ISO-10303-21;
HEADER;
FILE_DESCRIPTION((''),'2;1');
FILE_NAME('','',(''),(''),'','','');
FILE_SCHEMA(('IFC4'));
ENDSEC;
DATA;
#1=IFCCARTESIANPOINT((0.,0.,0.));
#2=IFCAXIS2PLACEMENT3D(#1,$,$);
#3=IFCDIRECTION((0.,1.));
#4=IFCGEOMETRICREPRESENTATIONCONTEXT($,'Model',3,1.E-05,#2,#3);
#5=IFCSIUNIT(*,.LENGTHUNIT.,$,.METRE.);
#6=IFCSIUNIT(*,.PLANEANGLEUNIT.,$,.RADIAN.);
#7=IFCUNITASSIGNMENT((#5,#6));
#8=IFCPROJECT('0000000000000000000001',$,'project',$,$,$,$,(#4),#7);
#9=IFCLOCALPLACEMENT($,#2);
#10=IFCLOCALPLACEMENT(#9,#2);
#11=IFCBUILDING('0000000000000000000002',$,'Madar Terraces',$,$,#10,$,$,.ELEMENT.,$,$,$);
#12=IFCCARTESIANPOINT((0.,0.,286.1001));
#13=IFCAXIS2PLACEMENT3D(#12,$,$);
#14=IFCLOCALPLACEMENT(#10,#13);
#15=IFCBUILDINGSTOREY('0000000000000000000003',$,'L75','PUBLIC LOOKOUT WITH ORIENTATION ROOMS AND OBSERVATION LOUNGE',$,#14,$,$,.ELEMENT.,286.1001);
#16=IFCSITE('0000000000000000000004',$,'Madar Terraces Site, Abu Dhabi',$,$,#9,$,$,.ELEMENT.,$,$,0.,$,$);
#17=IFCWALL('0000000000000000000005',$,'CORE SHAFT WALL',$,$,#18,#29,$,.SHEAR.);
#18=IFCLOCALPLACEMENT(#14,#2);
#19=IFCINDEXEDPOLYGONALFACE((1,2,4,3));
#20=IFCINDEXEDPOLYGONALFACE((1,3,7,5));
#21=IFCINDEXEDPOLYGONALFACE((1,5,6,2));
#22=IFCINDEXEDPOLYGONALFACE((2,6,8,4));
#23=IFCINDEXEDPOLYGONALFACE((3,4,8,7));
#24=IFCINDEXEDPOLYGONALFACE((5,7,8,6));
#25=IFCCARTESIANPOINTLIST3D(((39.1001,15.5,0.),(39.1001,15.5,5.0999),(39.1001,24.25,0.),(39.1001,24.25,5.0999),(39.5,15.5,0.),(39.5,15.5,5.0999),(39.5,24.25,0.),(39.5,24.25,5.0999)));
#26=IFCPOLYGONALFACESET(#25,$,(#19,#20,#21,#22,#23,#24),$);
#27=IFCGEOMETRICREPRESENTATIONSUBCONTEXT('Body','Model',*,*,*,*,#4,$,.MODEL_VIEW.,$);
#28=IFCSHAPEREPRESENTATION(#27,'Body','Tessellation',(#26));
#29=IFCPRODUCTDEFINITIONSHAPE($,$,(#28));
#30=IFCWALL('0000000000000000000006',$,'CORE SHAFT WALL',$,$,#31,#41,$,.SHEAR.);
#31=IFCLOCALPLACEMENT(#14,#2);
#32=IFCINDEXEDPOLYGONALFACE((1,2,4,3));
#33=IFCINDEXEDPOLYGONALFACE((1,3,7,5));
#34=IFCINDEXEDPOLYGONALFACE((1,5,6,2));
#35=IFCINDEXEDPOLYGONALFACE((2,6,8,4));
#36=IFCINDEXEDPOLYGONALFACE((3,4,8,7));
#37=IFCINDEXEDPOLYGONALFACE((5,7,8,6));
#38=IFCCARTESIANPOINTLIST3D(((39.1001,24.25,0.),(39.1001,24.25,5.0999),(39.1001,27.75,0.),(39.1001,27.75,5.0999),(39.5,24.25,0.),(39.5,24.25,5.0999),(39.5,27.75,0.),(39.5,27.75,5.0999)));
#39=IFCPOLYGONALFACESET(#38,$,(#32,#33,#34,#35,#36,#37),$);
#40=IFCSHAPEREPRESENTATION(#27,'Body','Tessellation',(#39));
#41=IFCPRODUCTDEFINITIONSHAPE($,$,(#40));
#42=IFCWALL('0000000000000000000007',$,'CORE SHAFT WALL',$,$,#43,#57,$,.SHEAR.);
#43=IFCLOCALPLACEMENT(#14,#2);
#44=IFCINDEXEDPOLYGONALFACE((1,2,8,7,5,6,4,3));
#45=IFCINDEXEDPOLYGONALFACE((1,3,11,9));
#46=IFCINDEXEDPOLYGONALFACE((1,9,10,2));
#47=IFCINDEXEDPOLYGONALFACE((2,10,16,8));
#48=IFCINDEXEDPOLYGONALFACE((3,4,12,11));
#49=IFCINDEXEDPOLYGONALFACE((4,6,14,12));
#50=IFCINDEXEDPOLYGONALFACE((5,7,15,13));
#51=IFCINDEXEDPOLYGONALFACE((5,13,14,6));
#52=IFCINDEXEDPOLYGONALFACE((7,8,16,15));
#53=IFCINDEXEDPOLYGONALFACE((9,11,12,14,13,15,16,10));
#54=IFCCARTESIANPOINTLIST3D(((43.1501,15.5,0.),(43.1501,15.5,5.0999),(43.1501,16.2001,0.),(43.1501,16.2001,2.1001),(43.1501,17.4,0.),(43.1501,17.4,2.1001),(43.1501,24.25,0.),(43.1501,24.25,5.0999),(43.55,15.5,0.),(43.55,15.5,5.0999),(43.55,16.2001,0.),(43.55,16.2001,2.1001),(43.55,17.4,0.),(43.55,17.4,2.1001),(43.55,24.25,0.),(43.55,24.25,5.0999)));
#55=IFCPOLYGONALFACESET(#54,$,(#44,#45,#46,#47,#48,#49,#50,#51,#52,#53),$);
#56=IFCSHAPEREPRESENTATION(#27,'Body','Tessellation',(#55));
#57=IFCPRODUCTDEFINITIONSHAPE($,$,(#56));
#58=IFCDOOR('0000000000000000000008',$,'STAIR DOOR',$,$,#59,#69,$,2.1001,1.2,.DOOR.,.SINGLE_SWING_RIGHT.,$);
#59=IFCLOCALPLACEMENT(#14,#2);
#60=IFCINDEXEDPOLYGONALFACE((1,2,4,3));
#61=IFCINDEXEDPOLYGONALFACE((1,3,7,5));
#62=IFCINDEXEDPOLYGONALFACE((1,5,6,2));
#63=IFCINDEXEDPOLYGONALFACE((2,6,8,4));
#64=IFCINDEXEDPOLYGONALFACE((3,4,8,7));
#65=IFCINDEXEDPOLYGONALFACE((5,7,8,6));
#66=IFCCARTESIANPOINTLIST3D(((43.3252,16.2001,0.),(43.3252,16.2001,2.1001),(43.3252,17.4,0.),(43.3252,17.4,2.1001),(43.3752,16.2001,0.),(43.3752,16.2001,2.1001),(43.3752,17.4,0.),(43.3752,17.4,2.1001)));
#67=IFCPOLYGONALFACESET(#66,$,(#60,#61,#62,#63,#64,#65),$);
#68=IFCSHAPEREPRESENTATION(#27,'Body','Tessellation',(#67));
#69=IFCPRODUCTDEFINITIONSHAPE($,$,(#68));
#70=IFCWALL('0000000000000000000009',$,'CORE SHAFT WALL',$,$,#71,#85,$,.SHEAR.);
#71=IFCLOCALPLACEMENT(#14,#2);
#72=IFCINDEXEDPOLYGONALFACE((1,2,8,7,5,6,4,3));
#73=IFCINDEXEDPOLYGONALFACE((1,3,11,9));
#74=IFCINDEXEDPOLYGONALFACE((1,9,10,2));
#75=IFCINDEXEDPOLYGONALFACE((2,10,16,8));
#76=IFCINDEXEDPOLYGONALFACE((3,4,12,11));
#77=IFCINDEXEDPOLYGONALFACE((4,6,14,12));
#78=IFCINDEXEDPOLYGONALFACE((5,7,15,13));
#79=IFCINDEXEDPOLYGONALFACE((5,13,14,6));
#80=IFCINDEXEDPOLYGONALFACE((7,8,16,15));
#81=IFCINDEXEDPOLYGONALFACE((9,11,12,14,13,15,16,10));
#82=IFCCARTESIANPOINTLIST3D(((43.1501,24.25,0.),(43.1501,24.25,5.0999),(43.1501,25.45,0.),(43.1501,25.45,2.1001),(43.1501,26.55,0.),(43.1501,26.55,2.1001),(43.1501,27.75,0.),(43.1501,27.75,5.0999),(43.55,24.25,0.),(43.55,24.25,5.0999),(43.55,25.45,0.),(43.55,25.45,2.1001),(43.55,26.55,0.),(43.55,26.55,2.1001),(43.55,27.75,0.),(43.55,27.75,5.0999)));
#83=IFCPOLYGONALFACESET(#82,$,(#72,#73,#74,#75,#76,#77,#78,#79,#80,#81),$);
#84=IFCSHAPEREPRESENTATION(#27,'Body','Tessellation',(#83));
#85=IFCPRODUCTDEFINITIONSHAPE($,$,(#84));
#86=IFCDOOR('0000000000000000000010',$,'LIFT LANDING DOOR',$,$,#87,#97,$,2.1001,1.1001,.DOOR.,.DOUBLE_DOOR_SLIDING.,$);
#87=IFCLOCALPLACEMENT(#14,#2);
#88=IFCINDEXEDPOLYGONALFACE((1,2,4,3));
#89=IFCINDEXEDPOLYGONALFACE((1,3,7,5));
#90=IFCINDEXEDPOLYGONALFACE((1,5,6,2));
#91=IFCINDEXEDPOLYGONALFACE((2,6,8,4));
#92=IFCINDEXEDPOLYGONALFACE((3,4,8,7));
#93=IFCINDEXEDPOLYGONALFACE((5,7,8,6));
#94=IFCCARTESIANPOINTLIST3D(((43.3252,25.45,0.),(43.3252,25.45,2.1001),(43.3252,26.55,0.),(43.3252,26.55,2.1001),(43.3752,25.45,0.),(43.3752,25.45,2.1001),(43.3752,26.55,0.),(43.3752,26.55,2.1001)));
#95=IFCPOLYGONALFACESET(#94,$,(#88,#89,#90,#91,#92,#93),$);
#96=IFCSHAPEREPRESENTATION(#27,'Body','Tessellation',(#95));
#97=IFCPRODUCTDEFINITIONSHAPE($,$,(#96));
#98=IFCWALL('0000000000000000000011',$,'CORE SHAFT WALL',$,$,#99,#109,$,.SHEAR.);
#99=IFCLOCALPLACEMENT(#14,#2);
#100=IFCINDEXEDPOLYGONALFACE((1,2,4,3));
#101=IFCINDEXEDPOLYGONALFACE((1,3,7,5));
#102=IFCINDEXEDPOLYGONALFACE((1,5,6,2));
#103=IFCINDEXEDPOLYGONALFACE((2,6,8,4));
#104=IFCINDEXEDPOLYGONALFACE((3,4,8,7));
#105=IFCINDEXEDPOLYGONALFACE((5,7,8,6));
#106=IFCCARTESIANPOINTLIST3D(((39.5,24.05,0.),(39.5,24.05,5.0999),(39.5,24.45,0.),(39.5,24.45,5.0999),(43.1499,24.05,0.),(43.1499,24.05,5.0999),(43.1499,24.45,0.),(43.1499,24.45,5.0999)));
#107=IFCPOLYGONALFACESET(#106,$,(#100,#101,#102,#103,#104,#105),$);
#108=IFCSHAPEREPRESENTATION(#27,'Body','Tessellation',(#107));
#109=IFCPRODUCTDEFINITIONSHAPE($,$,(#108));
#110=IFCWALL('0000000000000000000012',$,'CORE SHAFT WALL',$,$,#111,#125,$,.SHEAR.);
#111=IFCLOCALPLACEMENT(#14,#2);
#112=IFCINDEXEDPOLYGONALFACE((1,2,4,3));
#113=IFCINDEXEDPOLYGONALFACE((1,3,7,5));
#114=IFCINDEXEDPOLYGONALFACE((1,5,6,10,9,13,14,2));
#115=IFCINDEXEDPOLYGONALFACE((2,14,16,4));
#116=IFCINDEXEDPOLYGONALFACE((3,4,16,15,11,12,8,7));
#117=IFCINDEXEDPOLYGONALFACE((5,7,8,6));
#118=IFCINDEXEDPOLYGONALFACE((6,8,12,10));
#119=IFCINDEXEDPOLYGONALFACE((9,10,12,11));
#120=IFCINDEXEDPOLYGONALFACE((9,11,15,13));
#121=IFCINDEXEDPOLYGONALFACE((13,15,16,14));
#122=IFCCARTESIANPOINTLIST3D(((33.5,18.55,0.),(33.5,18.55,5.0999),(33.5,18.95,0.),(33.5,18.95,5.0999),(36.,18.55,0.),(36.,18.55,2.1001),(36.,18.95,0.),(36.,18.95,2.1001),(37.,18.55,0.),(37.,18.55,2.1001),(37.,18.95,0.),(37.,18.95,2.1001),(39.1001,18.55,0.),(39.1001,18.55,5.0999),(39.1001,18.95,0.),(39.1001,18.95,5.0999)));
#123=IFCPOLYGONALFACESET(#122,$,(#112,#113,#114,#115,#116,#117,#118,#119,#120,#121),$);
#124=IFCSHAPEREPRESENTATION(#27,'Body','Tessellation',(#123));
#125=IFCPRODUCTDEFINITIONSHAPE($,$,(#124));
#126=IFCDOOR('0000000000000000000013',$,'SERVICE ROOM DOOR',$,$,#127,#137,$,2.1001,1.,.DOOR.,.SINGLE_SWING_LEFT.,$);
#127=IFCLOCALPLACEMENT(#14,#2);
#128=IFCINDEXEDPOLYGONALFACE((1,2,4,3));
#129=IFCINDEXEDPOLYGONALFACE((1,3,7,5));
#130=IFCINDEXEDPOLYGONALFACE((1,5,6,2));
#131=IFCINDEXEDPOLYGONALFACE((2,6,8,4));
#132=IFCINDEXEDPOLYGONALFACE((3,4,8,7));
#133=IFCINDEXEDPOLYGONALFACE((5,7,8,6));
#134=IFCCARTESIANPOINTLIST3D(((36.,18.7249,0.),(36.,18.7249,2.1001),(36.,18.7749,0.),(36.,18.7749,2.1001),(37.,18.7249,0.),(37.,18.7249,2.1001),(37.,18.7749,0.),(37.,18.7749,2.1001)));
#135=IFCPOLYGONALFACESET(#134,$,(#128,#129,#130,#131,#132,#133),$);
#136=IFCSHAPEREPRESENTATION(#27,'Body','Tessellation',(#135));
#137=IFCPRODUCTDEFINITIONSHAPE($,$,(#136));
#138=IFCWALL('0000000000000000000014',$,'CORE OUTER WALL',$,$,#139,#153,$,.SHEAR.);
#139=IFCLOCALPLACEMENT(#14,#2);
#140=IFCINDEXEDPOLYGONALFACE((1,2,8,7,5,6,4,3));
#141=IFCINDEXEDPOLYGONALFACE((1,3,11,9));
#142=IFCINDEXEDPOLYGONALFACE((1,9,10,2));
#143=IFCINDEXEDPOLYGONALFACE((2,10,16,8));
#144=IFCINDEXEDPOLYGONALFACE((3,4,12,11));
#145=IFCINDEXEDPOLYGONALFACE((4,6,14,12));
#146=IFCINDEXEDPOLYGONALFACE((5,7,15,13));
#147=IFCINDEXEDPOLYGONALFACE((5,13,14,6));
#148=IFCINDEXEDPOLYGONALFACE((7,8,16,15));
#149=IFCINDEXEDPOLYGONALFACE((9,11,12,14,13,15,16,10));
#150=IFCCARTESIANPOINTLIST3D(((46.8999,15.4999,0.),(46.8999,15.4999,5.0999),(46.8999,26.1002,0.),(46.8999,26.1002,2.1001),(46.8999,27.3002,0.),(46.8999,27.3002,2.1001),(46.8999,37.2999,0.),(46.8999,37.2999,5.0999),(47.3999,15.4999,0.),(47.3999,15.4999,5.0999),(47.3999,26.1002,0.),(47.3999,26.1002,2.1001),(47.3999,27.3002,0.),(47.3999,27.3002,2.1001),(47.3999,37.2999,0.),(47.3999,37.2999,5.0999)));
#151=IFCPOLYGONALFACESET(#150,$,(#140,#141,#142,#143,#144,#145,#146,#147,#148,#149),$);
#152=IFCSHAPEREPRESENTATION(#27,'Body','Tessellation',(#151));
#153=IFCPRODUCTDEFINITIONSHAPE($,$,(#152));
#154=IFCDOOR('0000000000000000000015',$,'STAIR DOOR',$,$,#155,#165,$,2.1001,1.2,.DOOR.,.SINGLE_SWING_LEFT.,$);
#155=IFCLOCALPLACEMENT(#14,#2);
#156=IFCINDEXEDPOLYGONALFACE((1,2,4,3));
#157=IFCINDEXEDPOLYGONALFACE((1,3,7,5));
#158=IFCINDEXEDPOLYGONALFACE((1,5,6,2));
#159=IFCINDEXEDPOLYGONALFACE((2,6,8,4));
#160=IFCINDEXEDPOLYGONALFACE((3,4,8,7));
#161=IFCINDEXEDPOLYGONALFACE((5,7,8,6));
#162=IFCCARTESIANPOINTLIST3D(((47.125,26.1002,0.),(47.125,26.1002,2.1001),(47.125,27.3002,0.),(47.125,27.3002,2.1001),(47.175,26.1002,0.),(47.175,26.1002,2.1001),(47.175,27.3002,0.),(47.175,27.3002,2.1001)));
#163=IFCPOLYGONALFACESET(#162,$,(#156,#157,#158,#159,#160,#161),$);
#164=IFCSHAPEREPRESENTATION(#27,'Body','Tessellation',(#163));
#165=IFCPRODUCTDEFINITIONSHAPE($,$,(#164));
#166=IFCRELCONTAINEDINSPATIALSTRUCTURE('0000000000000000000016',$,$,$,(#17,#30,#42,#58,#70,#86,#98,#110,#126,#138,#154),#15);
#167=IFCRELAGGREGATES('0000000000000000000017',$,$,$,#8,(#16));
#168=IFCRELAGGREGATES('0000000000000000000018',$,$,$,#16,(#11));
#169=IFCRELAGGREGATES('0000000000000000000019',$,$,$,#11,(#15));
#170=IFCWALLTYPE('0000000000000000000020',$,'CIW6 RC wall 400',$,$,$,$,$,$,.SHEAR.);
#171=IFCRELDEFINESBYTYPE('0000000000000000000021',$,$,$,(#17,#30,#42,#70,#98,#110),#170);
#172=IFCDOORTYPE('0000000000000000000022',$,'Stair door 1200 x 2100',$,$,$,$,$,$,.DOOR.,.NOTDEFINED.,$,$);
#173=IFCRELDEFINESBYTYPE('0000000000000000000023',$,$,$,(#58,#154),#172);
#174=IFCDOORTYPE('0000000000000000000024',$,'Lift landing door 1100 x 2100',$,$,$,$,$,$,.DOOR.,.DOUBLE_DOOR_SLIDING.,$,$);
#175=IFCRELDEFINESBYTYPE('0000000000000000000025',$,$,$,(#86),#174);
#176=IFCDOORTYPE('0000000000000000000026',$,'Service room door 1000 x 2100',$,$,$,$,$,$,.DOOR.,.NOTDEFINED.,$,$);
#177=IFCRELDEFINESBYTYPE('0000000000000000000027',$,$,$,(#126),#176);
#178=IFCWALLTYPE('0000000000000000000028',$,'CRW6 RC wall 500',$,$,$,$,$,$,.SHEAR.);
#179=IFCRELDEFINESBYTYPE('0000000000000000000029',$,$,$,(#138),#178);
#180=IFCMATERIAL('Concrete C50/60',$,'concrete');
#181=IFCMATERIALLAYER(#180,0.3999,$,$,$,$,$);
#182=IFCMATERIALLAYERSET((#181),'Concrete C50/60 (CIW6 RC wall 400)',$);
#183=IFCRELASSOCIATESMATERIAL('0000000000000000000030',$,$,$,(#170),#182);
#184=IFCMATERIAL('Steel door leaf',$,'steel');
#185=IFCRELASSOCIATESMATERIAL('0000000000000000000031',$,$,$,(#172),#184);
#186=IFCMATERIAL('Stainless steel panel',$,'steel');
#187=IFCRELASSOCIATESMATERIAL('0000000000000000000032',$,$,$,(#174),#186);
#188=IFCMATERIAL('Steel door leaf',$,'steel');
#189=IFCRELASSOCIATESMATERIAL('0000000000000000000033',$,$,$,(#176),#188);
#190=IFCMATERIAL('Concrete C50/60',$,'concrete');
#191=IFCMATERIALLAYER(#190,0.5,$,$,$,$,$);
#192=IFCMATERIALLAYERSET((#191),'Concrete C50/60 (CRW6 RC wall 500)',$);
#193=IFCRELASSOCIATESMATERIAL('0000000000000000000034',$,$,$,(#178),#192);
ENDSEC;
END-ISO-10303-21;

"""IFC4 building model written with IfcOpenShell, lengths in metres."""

from ifc_helpers import new_model, si_unit, direction, frame, frame_2d, origin, place, context, subcontext, project, spatial, rectangle, extrude, material, layer, layer_set, type_object, element, fill, save


model = new_model("IFC4")

# Units and contexts
model_context = context("Model", 3, precision=1e-05, world=origin(), true_north=direction((0.0, 1.0)))
body_context = subcontext(model_context, "Body", "Model", "MODEL_VIEW")
ifc_project = project(units=[si_unit("LENGTHUNIT", "METRE"), si_unit("PLANEANGLEUNIT", "RADIAN")], contexts=[model_context])

# Site, building, storey
site_placement = place(None, origin())
site = spatial("IfcSite", under=ifc_project, at=site_placement, Name="Madar Terraces Site, Abu Dhabi", CompositionType="ELEMENT", RefElevation=0.0)
building_placement = place(site_placement, origin())
building = spatial("IfcBuilding", under=site, at=building_placement, Name="Madar Terraces", CompositionType="ELEMENT")
storey_placement = place(building_placement, frame((0.0, 0.0, 286.1001)))
storey = spatial("IfcBuildingStorey", under=building, at=storey_placement, Name="L75", Description="PUBLIC LOOKOUT WITH ORIENTATION ROOMS AND OBSERVATION LOUNGE", CompositionType="ELEMENT", Elevation=286.1001)

# Walls
ifc_material_1 = material(Name="Concrete C50/60", Category="concrete")
ifc_layer_1 = layer(ifc_material_1, 0.3999)
ifc_layer_set_1 = layer_set([ifc_layer_1], Name="Concrete C50/60 (CIW6 RC wall 400)")
wall_type_1 = type_object("IfcWallType", Name="CIW6 RC wall 400", PredefinedType="SHEAR", material=ifc_layer_set_1)
wall_1_placement = place(storey_placement, frame((39.3, 15.5, 0.0), z_axis=(0.0, 0.0, 1.0), x_axis=(0.0, 1.0, 0.0)))
element("IfcWall", 1, at=wall_1_placement, inside=storey, type_object=wall_type_1, Name="CORE SHAFT WALL", PredefinedType="SHEAR", context=body_context, shape_type="SweptSolid", body=[
    extrude(rectangle(XDim=8.75, YDim=0.3999, at=frame_2d((4.375, 0.0))), origin(), (0.0, 0.0, 1.0), 5.0999),
])
wall_2_placement = place(storey_placement, frame((39.3, 24.25, 0.0), z_axis=(0.0, 0.0, 1.0), x_axis=(0.0, 1.0, 0.0)))
element("IfcWall", 2, at=wall_2_placement, inside=storey, type_object=wall_type_1, Name="CORE SHAFT WALL", PredefinedType="SHEAR", context=body_context, shape_type="SweptSolid", body=[
    extrude(rectangle(XDim=3.5, YDim=0.3999, at=frame_2d((1.75, 0.0))), origin(), (0.0, 0.0, 1.0), 5.0999),
])

# Walls, openings, doors
wall_3_placement = place(storey_placement, frame((43.3501, 15.5, 0.0), z_axis=(0.0, 0.0, 1.0), x_axis=(0.0, 1.0, 0.0)))
wall_3 = element("IfcWall", 3, at=wall_3_placement, inside=storey, type_object=wall_type_1, Name="CORE SHAFT WALL", PredefinedType="SHEAR", context=body_context, shape_type="SweptSolid", body=[
    extrude(rectangle(XDim=8.75, YDim=0.3999, at=frame_2d((4.375, 0.0))), origin(), (0.0, 0.0, 1.0), 5.0999),
])
opening_1_placement = place(wall_3_placement, frame((0.7, 0.0, 0.0)))
opening_1 = element("IfcOpeningElement", 4, at=opening_1_placement, cuts=wall_3, PredefinedType="OPENING", context=body_context, shape_type="SweptSolid", body=[
    extrude(rectangle(XDim=1.2, YDim=2.1001, at=frame_2d((0.6001, 1.05))), frame((0.0, 0.21, 0.0), z_axis=(0.0, -1.0, 0.0), x_axis=(1.0, 0.0, 0.0)), (0.0, 0.0, 1.0), 0.4199),
])
ifc_material_2 = material(Name="Steel door leaf", Category="steel")
door_type_1 = type_object("IfcDoorType", Name="Stair door 1200 x 2100", OperationType="NOTDEFINED", PredefinedType="DOOR", material=ifc_material_2)
door_1_placement = place(opening_1_placement, origin())
door_1 = element("IfcDoor", 5, at=door_1_placement, inside=storey, type_object=door_type_1, Name="STAIR DOOR", OperationType="SINGLE_SWING_RIGHT", OverallHeight=2.1001, OverallWidth=1.2, PredefinedType="DOOR", context=body_context, shape_type="SweptSolid", body=[
    extrude(rectangle(XDim=1.2, YDim=2.1001, at=frame_2d((0.6001, 1.05))), frame((0.0, 0.0249, 0.0), z_axis=(0.0, -1.0, 0.0), x_axis=(1.0, 0.0, 0.0)), (0.0, 0.0, 1.0), 0.05),
])
fill(opening_1, door_1)
wall_4_placement = place(storey_placement, frame((43.3501, 24.25, 0.0), z_axis=(0.0, 0.0, 1.0), x_axis=(0.0, 1.0, 0.0)))
wall_4 = element("IfcWall", 6, at=wall_4_placement, inside=storey, type_object=wall_type_1, Name="CORE SHAFT WALL", PredefinedType="SHEAR", context=body_context, shape_type="SweptSolid", body=[
    extrude(rectangle(XDim=3.5, YDim=0.3999, at=frame_2d((1.75, 0.0))), origin(), (0.0, 0.0, 1.0), 5.0999),
])
opening_2_placement = place(wall_4_placement, frame((1.2, 0.0, 0.0)))
opening_2 = element("IfcOpeningElement", 7, at=opening_2_placement, cuts=wall_4, PredefinedType="OPENING", context=body_context, shape_type="SweptSolid", body=[
    extrude(rectangle(XDim=1.1001, YDim=2.1001, at=frame_2d((0.55, 1.05))), frame((0.0, 0.21, 0.0), z_axis=(0.0, -1.0, 0.0), x_axis=(1.0, 0.0, 0.0)), (0.0, 0.0, 1.0), 0.4199),
])
ifc_material_3 = material(Name="Stainless steel panel", Category="steel")
door_type_2 = type_object("IfcDoorType", Name="Lift landing door 1100 x 2100", OperationType="DOUBLE_DOOR_SLIDING", PredefinedType="DOOR", material=ifc_material_3)
door_2_placement = place(opening_2_placement, origin())
door_2 = element("IfcDoor", 8, at=door_2_placement, inside=storey, type_object=door_type_2, Name="LIFT LANDING DOOR", OperationType="DOUBLE_DOOR_SLIDING", OverallHeight=2.1001, OverallWidth=1.1001, PredefinedType="DOOR", context=body_context, shape_type="SweptSolid", body=[
    extrude(rectangle(XDim=1.1001, YDim=2.1001, at=frame_2d((0.55, 1.05))), frame((0.0, 0.0249, 0.0), z_axis=(0.0, -1.0, 0.0), x_axis=(1.0, 0.0, 0.0)), (0.0, 0.0, 1.0), 0.05),
])
fill(opening_2, door_2)

# Wall
wall_5_placement = place(storey_placement, frame((39.5, 24.25, 0.0), z_axis=(0.0, 0.0, 1.0), x_axis=(1.0, 0.0, 0.0)))
element("IfcWall", 9, at=wall_5_placement, inside=storey, type_object=wall_type_1, Name="CORE SHAFT WALL", PredefinedType="SHEAR", context=body_context, shape_type="SweptSolid", body=[
    extrude(rectangle(XDim=3.6499, YDim=0.3999, at=frame_2d((1.825, 0.0))), origin(), (0.0, 0.0, 1.0), 5.0999),
])

# Walls, openings, doors
wall_6_placement = place(storey_placement, frame((33.5, 18.75, 0.0), z_axis=(0.0, 0.0, 1.0), x_axis=(1.0, 0.0, 0.0)))
wall_6 = element("IfcWall", 10, at=wall_6_placement, inside=storey, type_object=wall_type_1, Name="CORE SHAFT WALL", PredefinedType="SHEAR", context=body_context, shape_type="SweptSolid", body=[
    extrude(rectangle(XDim=5.6001, YDim=0.3999, at=frame_2d((2.8, 0.0))), origin(), (0.0, 0.0, 1.0), 5.0999),
])
opening_3_placement = place(wall_6_placement, frame((2.5, 0.0, 0.0)))
opening_3 = element("IfcOpeningElement", 11, at=opening_3_placement, cuts=wall_6, PredefinedType="OPENING", context=body_context, shape_type="SweptSolid", body=[
    extrude(rectangle(XDim=1.0, YDim=2.1001, at=frame_2d((0.5, 1.05))), frame((0.0, 0.21, 0.0), z_axis=(0.0, -1.0, 0.0), x_axis=(1.0, 0.0, 0.0)), (0.0, 0.0, 1.0), 0.4199),
])
ifc_material_4 = material(Name="Steel door leaf", Category="steel")
door_type_3 = type_object("IfcDoorType", Name="Service room door 1000 x 2100", OperationType="NOTDEFINED", PredefinedType="DOOR", material=ifc_material_4)
door_3_placement = place(opening_3_placement, origin())
door_3 = element("IfcDoor", 12, at=door_3_placement, inside=storey, type_object=door_type_3, Name="SERVICE ROOM DOOR", OperationType="SINGLE_SWING_LEFT", OverallHeight=2.1001, OverallWidth=1.0, PredefinedType="DOOR", context=body_context, shape_type="SweptSolid", body=[
    extrude(rectangle(XDim=1.0, YDim=2.1001, at=frame_2d((0.5, 1.05))), frame((0.0, 0.0249, 0.0), z_axis=(0.0, -1.0, 0.0), x_axis=(1.0, 0.0, 0.0)), (0.0, 0.0, 1.0), 0.05),
])
fill(opening_3, door_3)
ifc_material_5 = material(Name="Concrete C50/60", Category="concrete")
ifc_layer_2 = layer(ifc_material_5, 0.5)
ifc_layer_set_2 = layer_set([ifc_layer_2], Name="Concrete C50/60 (CRW6 RC wall 500)")
wall_type_2 = type_object("IfcWallType", Name="CRW6 RC wall 500", PredefinedType="SHEAR", material=ifc_layer_set_2)
wall_7_placement = place(storey_placement, frame((47.1499, 15.5, 0.0), z_axis=(0.0, 0.0, 1.0), x_axis=(0.0, 1.0, 0.0)))
wall_7 = element("IfcWall", 13, at=wall_7_placement, inside=storey, type_object=wall_type_2, Name="CORE OUTER WALL", PredefinedType="SHEAR", context=body_context, shape_type="SweptSolid", body=[
    extrude(rectangle(XDim=21.8, YDim=0.5, at=frame_2d((10.8999, 0.0))), origin(), (0.0, 0.0, 1.0), 5.0999),
])
opening_4_placement = place(wall_7_placement, frame((10.6001, 0.0, 0.0)))
opening_4 = element("IfcOpeningElement", 14, at=opening_4_placement, cuts=wall_7, PredefinedType="OPENING", context=body_context, shape_type="SweptSolid", body=[
    extrude(rectangle(XDim=1.2, YDim=2.1001, at=frame_2d((0.6001, 1.05))), frame((0.0, 0.26, 0.0), z_axis=(0.0, -1.0, 0.0), x_axis=(1.0, 0.0, 0.0)), (0.0, 0.0, 1.0), 0.52),
])
door_4_placement = place(opening_4_placement, origin())
door_4 = element("IfcDoor", 15, at=door_4_placement, inside=storey, type_object=door_type_1, Name="STAIR DOOR", OperationType="SINGLE_SWING_LEFT", OverallHeight=2.1001, OverallWidth=1.2, PredefinedType="DOOR", context=body_context, shape_type="SweptSolid", body=[
    extrude(rectangle(XDim=1.2, YDim=2.1001, at=frame_2d((0.6001, 1.05))), frame((0.0, 0.0249, 0.0), z_axis=(0.0, -1.0, 0.0), x_axis=(1.0, 0.0, 0.0)), (0.0, 0.0, 1.0), 0.05),
])
fill(opening_4, door_4)

save(model, "model.ifc")
